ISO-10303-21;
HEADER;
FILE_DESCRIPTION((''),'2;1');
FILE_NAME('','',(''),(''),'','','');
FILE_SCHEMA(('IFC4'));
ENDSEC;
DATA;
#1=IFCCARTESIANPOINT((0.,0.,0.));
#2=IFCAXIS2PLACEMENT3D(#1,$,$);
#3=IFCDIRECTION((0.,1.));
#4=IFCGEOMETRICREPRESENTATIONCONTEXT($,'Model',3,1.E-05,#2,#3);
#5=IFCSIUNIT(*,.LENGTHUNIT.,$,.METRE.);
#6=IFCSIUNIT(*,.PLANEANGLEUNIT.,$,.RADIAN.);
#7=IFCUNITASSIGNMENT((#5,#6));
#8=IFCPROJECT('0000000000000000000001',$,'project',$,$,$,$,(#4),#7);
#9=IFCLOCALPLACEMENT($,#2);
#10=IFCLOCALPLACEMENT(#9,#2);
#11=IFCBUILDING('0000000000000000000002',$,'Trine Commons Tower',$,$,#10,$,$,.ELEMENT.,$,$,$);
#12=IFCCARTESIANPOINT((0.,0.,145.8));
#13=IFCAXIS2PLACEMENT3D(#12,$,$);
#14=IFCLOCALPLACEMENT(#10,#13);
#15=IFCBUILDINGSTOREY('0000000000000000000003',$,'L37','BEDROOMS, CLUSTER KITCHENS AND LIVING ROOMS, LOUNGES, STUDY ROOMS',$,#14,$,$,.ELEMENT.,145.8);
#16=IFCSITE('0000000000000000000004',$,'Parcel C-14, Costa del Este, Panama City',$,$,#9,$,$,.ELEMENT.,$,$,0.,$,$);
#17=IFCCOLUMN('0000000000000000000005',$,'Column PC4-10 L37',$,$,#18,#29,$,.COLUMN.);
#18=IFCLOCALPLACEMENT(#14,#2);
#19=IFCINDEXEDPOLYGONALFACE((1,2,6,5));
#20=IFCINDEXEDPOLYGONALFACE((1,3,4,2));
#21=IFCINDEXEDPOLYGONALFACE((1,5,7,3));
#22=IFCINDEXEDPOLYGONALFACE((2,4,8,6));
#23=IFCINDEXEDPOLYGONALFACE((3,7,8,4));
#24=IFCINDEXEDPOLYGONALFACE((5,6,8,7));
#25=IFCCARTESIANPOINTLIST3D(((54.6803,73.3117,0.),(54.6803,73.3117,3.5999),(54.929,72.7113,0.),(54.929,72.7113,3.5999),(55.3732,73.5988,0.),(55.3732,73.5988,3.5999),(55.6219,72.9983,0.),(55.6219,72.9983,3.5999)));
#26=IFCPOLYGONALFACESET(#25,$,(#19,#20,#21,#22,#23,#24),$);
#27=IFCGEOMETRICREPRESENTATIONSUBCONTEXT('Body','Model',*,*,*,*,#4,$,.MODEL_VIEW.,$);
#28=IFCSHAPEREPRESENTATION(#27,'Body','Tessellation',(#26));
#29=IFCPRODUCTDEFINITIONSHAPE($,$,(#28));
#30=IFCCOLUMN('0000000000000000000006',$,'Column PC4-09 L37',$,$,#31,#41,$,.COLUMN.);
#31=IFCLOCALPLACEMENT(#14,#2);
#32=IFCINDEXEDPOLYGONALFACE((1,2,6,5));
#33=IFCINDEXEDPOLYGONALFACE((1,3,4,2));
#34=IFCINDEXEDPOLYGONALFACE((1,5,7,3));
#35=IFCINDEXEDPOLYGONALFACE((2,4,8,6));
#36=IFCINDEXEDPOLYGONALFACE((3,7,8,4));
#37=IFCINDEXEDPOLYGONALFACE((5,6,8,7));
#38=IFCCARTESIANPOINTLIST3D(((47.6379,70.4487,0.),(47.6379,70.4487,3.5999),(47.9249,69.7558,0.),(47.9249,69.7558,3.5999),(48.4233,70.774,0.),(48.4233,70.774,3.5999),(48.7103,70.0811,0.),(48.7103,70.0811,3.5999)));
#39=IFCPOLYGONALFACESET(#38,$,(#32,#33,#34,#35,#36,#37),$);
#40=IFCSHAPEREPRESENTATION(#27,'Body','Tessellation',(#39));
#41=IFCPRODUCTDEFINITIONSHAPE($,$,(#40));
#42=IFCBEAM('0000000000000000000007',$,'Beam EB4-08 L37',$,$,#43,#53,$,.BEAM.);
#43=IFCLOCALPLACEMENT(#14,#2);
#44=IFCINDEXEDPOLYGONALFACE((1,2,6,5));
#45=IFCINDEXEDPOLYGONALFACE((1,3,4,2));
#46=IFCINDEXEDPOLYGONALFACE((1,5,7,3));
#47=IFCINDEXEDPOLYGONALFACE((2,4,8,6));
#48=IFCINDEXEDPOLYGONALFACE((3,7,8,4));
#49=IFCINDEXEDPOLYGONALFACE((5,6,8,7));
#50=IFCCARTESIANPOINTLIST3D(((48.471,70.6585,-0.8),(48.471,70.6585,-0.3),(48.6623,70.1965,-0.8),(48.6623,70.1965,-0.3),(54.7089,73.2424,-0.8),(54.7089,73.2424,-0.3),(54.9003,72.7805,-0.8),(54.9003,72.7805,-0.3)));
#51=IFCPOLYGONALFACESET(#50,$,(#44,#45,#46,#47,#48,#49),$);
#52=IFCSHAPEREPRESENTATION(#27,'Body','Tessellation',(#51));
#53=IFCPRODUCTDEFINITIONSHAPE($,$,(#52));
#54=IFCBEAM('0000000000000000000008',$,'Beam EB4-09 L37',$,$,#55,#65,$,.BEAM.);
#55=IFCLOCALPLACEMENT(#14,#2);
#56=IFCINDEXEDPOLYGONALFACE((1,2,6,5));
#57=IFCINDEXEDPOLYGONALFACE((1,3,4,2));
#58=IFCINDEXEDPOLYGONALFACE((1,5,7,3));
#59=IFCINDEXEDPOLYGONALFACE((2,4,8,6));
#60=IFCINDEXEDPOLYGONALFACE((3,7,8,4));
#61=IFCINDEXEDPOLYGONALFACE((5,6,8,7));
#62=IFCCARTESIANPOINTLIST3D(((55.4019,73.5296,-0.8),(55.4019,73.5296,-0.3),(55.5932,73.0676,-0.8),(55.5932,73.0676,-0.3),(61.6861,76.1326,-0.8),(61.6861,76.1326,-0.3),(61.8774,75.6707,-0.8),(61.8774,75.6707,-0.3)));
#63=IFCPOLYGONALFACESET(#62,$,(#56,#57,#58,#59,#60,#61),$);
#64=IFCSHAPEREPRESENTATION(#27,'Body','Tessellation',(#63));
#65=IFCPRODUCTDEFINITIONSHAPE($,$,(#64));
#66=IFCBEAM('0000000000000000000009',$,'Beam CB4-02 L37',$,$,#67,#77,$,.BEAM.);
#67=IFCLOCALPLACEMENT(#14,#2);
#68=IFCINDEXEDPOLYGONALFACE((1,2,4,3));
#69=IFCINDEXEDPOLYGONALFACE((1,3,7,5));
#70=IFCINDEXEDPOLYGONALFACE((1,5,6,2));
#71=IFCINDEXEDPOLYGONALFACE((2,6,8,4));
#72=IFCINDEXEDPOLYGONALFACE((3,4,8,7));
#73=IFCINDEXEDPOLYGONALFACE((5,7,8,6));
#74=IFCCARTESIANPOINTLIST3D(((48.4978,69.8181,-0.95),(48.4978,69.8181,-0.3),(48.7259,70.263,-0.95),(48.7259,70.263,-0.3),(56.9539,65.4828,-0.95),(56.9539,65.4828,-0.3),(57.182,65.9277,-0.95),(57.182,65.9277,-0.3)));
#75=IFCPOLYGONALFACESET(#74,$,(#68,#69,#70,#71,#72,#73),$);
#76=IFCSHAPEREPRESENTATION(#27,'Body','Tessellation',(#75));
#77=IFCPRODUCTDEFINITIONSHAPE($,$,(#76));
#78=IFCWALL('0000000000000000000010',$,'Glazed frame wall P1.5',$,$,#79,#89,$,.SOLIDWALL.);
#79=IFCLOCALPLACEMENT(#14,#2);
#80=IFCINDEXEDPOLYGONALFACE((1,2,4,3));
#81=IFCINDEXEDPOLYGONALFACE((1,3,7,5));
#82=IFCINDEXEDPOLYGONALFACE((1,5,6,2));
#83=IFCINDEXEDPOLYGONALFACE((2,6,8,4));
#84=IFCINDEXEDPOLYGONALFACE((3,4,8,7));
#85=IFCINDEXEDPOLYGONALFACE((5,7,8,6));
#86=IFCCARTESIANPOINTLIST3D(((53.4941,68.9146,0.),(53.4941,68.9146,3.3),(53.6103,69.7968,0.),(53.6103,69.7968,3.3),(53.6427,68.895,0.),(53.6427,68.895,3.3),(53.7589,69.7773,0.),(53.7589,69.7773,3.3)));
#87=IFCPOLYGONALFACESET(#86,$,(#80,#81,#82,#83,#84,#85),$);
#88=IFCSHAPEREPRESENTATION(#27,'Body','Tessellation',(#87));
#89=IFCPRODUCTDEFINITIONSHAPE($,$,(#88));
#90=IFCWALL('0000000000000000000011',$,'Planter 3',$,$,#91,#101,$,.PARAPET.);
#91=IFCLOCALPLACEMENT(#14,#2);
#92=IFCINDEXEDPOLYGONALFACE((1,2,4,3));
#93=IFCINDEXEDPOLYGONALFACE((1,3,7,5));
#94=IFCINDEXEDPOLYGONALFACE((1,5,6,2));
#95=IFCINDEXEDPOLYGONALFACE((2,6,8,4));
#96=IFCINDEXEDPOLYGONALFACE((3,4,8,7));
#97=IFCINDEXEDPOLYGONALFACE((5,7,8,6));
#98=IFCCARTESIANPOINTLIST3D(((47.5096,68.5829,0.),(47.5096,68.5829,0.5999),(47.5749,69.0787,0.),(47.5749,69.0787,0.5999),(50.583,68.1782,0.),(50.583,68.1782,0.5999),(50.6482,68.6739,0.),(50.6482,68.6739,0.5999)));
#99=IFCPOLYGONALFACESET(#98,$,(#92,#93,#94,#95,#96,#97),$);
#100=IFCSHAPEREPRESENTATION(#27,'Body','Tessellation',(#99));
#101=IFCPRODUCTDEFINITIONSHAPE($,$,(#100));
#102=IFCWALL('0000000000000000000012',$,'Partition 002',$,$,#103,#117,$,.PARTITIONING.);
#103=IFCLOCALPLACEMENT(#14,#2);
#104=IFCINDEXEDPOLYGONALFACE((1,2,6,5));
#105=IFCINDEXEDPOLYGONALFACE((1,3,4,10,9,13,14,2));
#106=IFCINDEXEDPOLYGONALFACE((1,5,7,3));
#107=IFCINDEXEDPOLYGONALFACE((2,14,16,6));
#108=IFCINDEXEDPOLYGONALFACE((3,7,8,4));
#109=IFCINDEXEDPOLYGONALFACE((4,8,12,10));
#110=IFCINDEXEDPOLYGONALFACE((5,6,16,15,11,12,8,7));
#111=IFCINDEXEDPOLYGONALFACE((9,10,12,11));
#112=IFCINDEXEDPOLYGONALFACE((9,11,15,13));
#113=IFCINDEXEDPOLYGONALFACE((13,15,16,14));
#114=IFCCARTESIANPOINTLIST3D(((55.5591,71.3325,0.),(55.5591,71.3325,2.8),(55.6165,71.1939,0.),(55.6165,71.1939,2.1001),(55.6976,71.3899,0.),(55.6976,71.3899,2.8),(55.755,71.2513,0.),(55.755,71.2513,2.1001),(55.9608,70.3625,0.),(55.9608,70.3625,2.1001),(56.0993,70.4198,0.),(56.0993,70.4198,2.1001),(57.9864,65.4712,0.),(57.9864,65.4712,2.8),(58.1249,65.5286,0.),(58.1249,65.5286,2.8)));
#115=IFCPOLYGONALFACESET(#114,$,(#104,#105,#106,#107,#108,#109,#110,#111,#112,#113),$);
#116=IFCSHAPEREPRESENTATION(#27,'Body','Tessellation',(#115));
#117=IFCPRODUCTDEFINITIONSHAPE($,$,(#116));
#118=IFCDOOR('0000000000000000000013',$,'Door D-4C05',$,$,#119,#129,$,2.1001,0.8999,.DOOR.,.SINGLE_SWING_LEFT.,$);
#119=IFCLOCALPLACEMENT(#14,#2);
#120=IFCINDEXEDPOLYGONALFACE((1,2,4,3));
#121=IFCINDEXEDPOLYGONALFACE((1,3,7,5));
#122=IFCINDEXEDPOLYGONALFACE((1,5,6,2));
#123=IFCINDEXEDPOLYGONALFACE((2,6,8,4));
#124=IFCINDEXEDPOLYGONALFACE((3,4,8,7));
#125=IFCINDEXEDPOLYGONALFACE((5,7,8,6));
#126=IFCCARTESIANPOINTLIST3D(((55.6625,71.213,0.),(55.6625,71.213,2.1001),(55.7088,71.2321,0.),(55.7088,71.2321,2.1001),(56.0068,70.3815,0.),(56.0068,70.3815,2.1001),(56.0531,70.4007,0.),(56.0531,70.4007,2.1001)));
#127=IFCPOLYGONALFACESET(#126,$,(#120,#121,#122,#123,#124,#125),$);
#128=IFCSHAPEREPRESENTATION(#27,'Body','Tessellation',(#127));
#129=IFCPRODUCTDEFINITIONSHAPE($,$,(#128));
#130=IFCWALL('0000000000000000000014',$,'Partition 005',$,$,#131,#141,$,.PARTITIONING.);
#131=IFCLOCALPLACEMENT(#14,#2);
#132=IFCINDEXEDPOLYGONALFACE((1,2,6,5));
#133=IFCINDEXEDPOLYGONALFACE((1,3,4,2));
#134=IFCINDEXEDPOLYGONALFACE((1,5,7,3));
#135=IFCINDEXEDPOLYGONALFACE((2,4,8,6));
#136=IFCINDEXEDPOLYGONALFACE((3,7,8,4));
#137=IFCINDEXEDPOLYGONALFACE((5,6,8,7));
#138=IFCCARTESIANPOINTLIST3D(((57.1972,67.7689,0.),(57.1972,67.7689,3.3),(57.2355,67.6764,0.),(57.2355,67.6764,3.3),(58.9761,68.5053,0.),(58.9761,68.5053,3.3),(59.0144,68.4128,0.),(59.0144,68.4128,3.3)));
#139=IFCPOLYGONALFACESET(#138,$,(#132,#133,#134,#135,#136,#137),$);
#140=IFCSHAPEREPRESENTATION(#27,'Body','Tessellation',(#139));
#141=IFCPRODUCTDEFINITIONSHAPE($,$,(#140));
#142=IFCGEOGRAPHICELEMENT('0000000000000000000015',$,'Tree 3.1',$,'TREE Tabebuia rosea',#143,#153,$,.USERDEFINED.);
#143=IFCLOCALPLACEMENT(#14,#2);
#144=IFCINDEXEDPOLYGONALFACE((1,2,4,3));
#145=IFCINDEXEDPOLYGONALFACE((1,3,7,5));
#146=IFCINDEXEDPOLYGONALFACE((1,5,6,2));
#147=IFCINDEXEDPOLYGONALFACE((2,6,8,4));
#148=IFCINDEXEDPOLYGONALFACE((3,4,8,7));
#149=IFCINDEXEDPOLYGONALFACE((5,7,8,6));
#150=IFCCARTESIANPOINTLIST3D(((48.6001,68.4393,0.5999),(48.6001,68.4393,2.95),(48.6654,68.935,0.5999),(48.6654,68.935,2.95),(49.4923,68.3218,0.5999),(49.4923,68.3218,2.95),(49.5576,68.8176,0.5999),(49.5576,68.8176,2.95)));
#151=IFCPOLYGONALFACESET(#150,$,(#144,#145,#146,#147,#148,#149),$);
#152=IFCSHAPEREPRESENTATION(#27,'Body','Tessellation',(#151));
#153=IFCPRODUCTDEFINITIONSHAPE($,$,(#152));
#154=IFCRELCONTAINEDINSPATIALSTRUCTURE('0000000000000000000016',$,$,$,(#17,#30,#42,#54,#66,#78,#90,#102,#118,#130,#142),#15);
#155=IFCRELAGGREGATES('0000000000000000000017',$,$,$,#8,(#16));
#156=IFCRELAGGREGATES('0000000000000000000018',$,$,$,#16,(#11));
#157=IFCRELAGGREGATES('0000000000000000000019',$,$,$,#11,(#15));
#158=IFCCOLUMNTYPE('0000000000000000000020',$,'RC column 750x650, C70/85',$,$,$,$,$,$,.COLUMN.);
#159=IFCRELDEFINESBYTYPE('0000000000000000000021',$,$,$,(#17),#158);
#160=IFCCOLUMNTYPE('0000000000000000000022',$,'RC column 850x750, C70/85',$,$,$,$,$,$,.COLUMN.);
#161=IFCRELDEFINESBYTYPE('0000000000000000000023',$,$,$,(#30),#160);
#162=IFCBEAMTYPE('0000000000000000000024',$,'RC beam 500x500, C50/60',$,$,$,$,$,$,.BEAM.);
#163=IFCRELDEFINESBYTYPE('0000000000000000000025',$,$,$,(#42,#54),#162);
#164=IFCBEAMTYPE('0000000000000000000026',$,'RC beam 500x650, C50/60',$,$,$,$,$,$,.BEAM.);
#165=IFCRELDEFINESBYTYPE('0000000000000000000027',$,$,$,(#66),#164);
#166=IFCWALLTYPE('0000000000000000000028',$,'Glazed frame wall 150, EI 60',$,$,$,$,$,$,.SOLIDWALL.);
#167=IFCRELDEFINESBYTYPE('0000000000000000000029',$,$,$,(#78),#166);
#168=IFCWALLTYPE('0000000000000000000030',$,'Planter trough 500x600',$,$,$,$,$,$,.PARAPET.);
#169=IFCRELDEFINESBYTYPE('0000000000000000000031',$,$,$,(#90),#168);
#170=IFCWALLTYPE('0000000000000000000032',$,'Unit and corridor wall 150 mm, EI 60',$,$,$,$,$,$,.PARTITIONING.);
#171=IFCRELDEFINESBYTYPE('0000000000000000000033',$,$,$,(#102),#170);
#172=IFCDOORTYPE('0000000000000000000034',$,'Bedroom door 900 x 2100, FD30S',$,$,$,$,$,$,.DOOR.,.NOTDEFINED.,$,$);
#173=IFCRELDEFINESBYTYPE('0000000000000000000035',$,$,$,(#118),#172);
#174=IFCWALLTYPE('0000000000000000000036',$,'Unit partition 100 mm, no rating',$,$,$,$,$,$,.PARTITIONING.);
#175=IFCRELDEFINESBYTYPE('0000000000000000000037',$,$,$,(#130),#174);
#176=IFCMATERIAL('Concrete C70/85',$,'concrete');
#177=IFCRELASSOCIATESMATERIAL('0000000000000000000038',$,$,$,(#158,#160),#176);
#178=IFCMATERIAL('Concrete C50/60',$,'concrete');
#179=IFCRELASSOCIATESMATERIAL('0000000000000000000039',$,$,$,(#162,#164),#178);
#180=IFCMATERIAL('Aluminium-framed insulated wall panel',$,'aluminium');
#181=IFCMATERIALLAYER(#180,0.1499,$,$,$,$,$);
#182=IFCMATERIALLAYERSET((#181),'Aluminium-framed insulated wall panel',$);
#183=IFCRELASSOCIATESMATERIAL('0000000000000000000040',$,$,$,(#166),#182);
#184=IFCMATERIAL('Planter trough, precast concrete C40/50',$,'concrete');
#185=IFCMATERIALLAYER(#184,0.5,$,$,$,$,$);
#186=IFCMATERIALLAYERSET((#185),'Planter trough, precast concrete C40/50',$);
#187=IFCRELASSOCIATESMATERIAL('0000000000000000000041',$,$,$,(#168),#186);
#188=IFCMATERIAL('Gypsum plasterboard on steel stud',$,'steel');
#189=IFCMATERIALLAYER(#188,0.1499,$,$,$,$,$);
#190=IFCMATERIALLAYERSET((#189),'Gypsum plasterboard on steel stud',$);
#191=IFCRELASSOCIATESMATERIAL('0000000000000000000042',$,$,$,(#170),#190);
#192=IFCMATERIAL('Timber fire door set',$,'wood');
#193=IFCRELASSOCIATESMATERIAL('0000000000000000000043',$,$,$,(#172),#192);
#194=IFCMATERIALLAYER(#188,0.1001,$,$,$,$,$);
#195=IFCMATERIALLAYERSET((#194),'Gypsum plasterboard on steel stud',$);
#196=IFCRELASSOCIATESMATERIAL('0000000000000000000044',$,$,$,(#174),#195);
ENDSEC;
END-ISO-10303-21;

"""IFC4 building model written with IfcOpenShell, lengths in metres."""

from ifc_helpers import new_model, si_unit, direction, frame, frame_2d, origin, origin_2d, place, context, subcontext, project, spatial, polyline, rectangle, outline, extrude, material, layer, layer_set, material_profile, profile_set, type_object, element, fill, save


model = new_model("IFC4")

# Units and contexts
model_context = context("Model", 3, precision=1e-05, world=origin(), true_north=direction((0.0, 1.0)))
body_context = subcontext(model_context, "Body", "Model", "MODEL_VIEW")
ifc_project = project(units=[si_unit("LENGTHUNIT", "METRE"), si_unit("PLANEANGLEUNIT", "RADIAN")], contexts=[model_context])

# Site, building, storey
site_placement = place(None, origin())
site = spatial("IfcSite", under=ifc_project, at=site_placement, Name="Parcel C-14, Costa del Este, Panama City", CompositionType="ELEMENT", RefElevation=0.0)
building_placement = place(site_placement, origin())
building = spatial("IfcBuilding", under=site, at=building_placement, Name="Trine Commons Tower", CompositionType="ELEMENT")
storey_placement = place(building_placement, frame((0.0, 0.0, 145.8)))
storey = spatial("IfcBuildingStorey", under=building, at=storey_placement, Name="L37", Description="BEDROOMS, CLUSTER KITCHENS AND LIVING ROOMS, LOUNGES, STUDY ROOMS", CompositionType="ELEMENT", Elevation=145.8)

# Columns
ifc_material_1 = material(Name="Concrete C70/85", Category="concrete")
ifc_material_profile_1 = material_profile(ifc_material_1, rectangle(XDim=0.75, YDim=0.6499, at=origin_2d()), Name="RC 750x650")
ifc_profile_set_1 = profile_set([ifc_material_profile_1], Name="Concrete C70/85")
column_type_1 = type_object("IfcColumnType", Name="RC column 750x650, C70/85", PredefinedType="COLUMN", material=ifc_profile_set_1)
column_1_placement = place(storey_placement, frame((55.1511, 73.155, 0.0), z_axis=(0.0, 0.0, 1.0), x_axis=(0.92388, 0.382683, 0.0)))
element("IfcColumn", 1, at=column_1_placement, inside=storey, type_object=column_type_1, Name="Column PC4-10 L37", PredefinedType="COLUMN", context=body_context, shape_type="SweptSolid", body=[
    extrude(rectangle(XDim=0.75, YDim=0.6499, at=origin_2d()), origin(), (0.0, 0.0, 1.0), 3.5999),
])
ifc_material_profile_2 = material_profile(ifc_material_1, rectangle(XDim=0.8501, YDim=0.75, at=origin_2d()), Name="RC 850x750")
ifc_profile_set_2 = profile_set([ifc_material_profile_2], Name="Concrete C70/85")
column_type_2 = type_object("IfcColumnType", Name="RC column 850x750, C70/85", PredefinedType="COLUMN", material=ifc_profile_set_2)
column_2_placement = place(storey_placement, frame((48.1741, 70.2649, 0.0), z_axis=(0.0, 0.0, 1.0), x_axis=(0.92388, 0.382683, 0.0)))
element("IfcColumn", 2, at=column_2_placement, inside=storey, type_object=column_type_2, Name="Column PC4-09 L37", PredefinedType="COLUMN", context=body_context, shape_type="SweptSolid", body=[
    extrude(rectangle(XDim=0.8501, YDim=0.75, at=origin_2d()), origin(), (0.0, 0.0, 1.0), 3.5999),
])

# Beams
ifc_material_2 = material(Name="Concrete C50/60", Category="concrete")
ifc_material_profile_3 = material_profile(ifc_material_2, rectangle(XDim=0.5, YDim=0.5, at=origin_2d()), Name="RC 500x500")
ifc_profile_set_3 = profile_set([ifc_material_profile_3], Name="Concrete C50/60")
beam_type_1 = type_object("IfcBeamType", Name="RC beam 500x500, C50/60", PredefinedType="BEAM", material=ifc_profile_set_3)
beam_1_placement = place(storey_placement, frame((48.5667, 70.4275, -0.55), z_axis=(0.923874, 0.382697, 0.0), x_axis=(-0.382697, 0.923874, 0.0)))
element("IfcBeam", 3, at=beam_1_placement, inside=storey, type_object=beam_type_1, Name="Beam EB4-08 L37", PredefinedType="BEAM", context=body_context, shape_type="SweptSolid", body=[
    extrude(rectangle(XDim=0.5, YDim=0.5, at=origin_2d()), origin(), (0.0, 0.0, 1.0), 6.752),
])
beam_2_placement = place(storey_placement, frame((55.4976, 73.2986, -0.55), z_axis=(0.923878, 0.382688, 0.0), x_axis=(-0.382688, 0.923878, 0.0)))
element("IfcBeam", 4, at=beam_2_placement, inside=storey, type_object=beam_type_1, Name="Beam EB4-09 L37", PredefinedType="BEAM", context=body_context, shape_type="SweptSolid", body=[
    extrude(rectangle(XDim=0.5, YDim=0.5, at=origin_2d()), origin(), (0.0, 0.0, 1.0), 6.802),
])
ifc_material_profile_4 = material_profile(ifc_material_2, rectangle(XDim=0.5, YDim=0.6499, at=origin_2d()), Name="RC 500x650")
ifc_profile_set_4 = profile_set([ifc_material_profile_4], Name="Concrete C50/60")
beam_type_2 = type_object("IfcBeamType", Name="RC beam 500x650, C50/60", PredefinedType="BEAM", material=ifc_profile_set_4)
beam_3_placement = place(storey_placement, frame((48.6118, 70.0405, -0.625), z_axis=(0.88987, -0.456214, 0.0), x_axis=(0.456214, 0.88987, 0.0)))
element("IfcBeam", 5, at=beam_3_placement, inside=storey, type_object=beam_type_2, Name="Beam CB4-02 L37", PredefinedType="BEAM", context=body_context, shape_type="SweptSolid", body=[
    extrude(rectangle(XDim=0.5, YDim=0.6499, at=origin_2d()), origin(), (0.0, 0.0, 1.0), 9.5027),
])

# Wall
ifc_material_3 = material(Name="Aluminium-framed insulated wall panel", Category="aluminium")
ifc_layer_1 = layer(ifc_material_3, 0.1499)
ifc_layer_set_1 = layer_set([ifc_layer_1], Name="Aluminium-framed insulated wall panel")
wall_type_1 = type_object("IfcWallType", Name="Glazed frame wall 150, EI 60", PredefinedType="SOLIDWALL", material=ifc_layer_set_1)
wall_1_placement = place(storey_placement, frame((53.5684, 68.9048, 0.0), z_axis=(0.0, 0.0, 1.0), x_axis=(0.130612, 0.991434, 0.0)))
element("IfcWall", 6, at=wall_1_placement, inside=storey, type_object=wall_type_1, Name="Glazed frame wall P1.5", PredefinedType="SOLIDWALL", context=body_context, shape_type="SweptSolid", body=[
    extrude(outline(polyline([(0.8899, 0.075), (0.0, 0.075), (0.0, -0.075), (0.8899, -0.075), (0.8899, 0.075)])), origin(), (0.0, 0.0, 1.0), 3.3),
])

# Wall
ifc_material_4 = material(Name="Planter trough, precast concrete C40/50", Category="concrete")
ifc_layer_2 = layer(ifc_material_4, 0.5)
ifc_layer_set_2 = layer_set([ifc_layer_2], Name="Planter trough, precast concrete C40/50")
wall_type_2 = type_object("IfcWallType", Name="Planter trough 500x600", PredefinedType="PARAPET", material=ifc_layer_set_2)
wall_2_placement = place(storey_placement, frame((50.6155, 68.426, 0.0), z_axis=(0.0, 0.0, 1.0), x_axis=(-0.991437, 0.130585, 0.0)))
element("IfcWall", 7, at=wall_2_placement, inside=storey, type_object=wall_type_2, Name="Planter 3", PredefinedType="PARAPET", context=body_context, shape_type="SweptSolid", body=[
    extrude(rectangle(XDim=3.0999, YDim=0.5, at=frame_2d((1.5498, 0.0))), origin(), (0.0, 0.0, 1.0), 0.5999),
])

# Wall, opening, door
ifc_material_5 = material(Name="Gypsum plasterboard on steel stud", Category="steel")
ifc_layer_3 = layer(ifc_material_5, 0.1499)
ifc_layer_set_3 = layer_set([ifc_layer_3], Name="Gypsum plasterboard on steel stud")
wall_type_3 = type_object("IfcWallType", Name="Unit and corridor wall 150 mm, EI 60", PredefinedType="PARTITIONING", material=ifc_layer_set_3)
wall_3_placement = place(storey_placement, frame((55.6284, 71.3611, 0.0), z_axis=(0.0, 0.0, 1.0), x_axis=(0.382603, -0.923913, 0.0)))
wall_3 = element("IfcWall", 8, at=wall_3_placement, inside=storey, type_object=wall_type_3, Name="Partition 002", PredefinedType="PARTITIONING", context=body_context, shape_type="SweptSolid", body=[
    extrude(rectangle(XDim=6.344, YDim=0.1499, at=frame_2d((3.1719, 0.0))), origin(), (0.0, 0.0, 1.0), 2.8),
])
opening_1_placement = place(wall_3_placement, frame((0.1499, 0.0, 0.0)))
opening_1 = element("IfcOpeningElement", 9, at=opening_1_placement, cuts=wall_3, PredefinedType="OPENING", context=body_context, shape_type="SweptSolid", body=[
    extrude(rectangle(XDim=0.8999, YDim=2.1001, at=frame_2d((0.45, 1.05))), frame((0.0, 0.085, 0.0), z_axis=(0.0, -1.0, 0.0), x_axis=(1.0, 0.0, 0.0)), (0.0, 0.0, 1.0), 0.1699),
])
ifc_material_6 = material(Name="Timber fire door set", Category="wood")
door_type_1 = type_object("IfcDoorType", Name="Bedroom door 900 x 2100, FD30S", OperationType="NOTDEFINED", PredefinedType="DOOR", material=ifc_material_6)
door_1_placement = place(opening_1_placement, origin())
door_1 = element("IfcDoor", 10, at=door_1_placement, inside=storey, type_object=door_type_1, Name="Door D-4C05", OperationType="SINGLE_SWING_LEFT", OverallHeight=2.1001, OverallWidth=0.8999, PredefinedType="DOOR", context=body_context, shape_type="SweptSolid", body=[
    extrude(rectangle(XDim=0.8999, YDim=2.1001, at=frame_2d((0.45, 1.05))), frame((0.0, 0.0249, 0.0), z_axis=(0.0, -1.0, 0.0), x_axis=(1.0, 0.0, 0.0)), (0.0, 0.0, 1.0), 0.05),
])
fill(opening_1, door_1)

# Wall
ifc_layer_4 = layer(ifc_material_5, 0.1001)
ifc_layer_set_4 = layer_set([ifc_layer_4], Name="Gypsum plasterboard on steel stud")
wall_type_4 = type_object("IfcWallType", Name="Unit partition 100 mm, no rating", PredefinedType="PARTITIONING", material=ifc_layer_set_4)
wall_4_placement = place(storey_placement, frame((57.2163, 67.7227, 0.0), z_axis=(0.0, 0.0, 1.0), x_axis=(0.923967, 0.382471, 0.0)))
element("IfcWall", 11, at=wall_4_placement, inside=storey, type_object=wall_type_4, Name="Partition 005", PredefinedType="PARTITIONING", context=body_context, shape_type="SweptSolid", body=[
    extrude(rectangle(XDim=1.9253, YDim=0.1001, at=frame_2d((0.9626, 0.0))), origin(), (0.0, 0.0, 1.0), 3.3),
])

# Geographic element
geographic_element_placement = place(storey_placement, frame((49.0789, 68.6284, 0.5999), z_axis=(0.0, 0.0, 1.0), x_axis=(-0.991446, 0.130518, 0.0)))
element("IfcGeographicElement", 12, at=geographic_element_placement, inside=storey, Name="Tree 3.1", ObjectType="TREE Tabebuia rosea", PredefinedType="USERDEFINED", context=body_context, shape_type="SweptSolid", body=[
    extrude(rectangle(XDim=0.8999, YDim=0.5, at=origin_2d()), origin(), (0.0, 0.0, 1.0), 2.3501),
])

save(model, "model.ifc")
